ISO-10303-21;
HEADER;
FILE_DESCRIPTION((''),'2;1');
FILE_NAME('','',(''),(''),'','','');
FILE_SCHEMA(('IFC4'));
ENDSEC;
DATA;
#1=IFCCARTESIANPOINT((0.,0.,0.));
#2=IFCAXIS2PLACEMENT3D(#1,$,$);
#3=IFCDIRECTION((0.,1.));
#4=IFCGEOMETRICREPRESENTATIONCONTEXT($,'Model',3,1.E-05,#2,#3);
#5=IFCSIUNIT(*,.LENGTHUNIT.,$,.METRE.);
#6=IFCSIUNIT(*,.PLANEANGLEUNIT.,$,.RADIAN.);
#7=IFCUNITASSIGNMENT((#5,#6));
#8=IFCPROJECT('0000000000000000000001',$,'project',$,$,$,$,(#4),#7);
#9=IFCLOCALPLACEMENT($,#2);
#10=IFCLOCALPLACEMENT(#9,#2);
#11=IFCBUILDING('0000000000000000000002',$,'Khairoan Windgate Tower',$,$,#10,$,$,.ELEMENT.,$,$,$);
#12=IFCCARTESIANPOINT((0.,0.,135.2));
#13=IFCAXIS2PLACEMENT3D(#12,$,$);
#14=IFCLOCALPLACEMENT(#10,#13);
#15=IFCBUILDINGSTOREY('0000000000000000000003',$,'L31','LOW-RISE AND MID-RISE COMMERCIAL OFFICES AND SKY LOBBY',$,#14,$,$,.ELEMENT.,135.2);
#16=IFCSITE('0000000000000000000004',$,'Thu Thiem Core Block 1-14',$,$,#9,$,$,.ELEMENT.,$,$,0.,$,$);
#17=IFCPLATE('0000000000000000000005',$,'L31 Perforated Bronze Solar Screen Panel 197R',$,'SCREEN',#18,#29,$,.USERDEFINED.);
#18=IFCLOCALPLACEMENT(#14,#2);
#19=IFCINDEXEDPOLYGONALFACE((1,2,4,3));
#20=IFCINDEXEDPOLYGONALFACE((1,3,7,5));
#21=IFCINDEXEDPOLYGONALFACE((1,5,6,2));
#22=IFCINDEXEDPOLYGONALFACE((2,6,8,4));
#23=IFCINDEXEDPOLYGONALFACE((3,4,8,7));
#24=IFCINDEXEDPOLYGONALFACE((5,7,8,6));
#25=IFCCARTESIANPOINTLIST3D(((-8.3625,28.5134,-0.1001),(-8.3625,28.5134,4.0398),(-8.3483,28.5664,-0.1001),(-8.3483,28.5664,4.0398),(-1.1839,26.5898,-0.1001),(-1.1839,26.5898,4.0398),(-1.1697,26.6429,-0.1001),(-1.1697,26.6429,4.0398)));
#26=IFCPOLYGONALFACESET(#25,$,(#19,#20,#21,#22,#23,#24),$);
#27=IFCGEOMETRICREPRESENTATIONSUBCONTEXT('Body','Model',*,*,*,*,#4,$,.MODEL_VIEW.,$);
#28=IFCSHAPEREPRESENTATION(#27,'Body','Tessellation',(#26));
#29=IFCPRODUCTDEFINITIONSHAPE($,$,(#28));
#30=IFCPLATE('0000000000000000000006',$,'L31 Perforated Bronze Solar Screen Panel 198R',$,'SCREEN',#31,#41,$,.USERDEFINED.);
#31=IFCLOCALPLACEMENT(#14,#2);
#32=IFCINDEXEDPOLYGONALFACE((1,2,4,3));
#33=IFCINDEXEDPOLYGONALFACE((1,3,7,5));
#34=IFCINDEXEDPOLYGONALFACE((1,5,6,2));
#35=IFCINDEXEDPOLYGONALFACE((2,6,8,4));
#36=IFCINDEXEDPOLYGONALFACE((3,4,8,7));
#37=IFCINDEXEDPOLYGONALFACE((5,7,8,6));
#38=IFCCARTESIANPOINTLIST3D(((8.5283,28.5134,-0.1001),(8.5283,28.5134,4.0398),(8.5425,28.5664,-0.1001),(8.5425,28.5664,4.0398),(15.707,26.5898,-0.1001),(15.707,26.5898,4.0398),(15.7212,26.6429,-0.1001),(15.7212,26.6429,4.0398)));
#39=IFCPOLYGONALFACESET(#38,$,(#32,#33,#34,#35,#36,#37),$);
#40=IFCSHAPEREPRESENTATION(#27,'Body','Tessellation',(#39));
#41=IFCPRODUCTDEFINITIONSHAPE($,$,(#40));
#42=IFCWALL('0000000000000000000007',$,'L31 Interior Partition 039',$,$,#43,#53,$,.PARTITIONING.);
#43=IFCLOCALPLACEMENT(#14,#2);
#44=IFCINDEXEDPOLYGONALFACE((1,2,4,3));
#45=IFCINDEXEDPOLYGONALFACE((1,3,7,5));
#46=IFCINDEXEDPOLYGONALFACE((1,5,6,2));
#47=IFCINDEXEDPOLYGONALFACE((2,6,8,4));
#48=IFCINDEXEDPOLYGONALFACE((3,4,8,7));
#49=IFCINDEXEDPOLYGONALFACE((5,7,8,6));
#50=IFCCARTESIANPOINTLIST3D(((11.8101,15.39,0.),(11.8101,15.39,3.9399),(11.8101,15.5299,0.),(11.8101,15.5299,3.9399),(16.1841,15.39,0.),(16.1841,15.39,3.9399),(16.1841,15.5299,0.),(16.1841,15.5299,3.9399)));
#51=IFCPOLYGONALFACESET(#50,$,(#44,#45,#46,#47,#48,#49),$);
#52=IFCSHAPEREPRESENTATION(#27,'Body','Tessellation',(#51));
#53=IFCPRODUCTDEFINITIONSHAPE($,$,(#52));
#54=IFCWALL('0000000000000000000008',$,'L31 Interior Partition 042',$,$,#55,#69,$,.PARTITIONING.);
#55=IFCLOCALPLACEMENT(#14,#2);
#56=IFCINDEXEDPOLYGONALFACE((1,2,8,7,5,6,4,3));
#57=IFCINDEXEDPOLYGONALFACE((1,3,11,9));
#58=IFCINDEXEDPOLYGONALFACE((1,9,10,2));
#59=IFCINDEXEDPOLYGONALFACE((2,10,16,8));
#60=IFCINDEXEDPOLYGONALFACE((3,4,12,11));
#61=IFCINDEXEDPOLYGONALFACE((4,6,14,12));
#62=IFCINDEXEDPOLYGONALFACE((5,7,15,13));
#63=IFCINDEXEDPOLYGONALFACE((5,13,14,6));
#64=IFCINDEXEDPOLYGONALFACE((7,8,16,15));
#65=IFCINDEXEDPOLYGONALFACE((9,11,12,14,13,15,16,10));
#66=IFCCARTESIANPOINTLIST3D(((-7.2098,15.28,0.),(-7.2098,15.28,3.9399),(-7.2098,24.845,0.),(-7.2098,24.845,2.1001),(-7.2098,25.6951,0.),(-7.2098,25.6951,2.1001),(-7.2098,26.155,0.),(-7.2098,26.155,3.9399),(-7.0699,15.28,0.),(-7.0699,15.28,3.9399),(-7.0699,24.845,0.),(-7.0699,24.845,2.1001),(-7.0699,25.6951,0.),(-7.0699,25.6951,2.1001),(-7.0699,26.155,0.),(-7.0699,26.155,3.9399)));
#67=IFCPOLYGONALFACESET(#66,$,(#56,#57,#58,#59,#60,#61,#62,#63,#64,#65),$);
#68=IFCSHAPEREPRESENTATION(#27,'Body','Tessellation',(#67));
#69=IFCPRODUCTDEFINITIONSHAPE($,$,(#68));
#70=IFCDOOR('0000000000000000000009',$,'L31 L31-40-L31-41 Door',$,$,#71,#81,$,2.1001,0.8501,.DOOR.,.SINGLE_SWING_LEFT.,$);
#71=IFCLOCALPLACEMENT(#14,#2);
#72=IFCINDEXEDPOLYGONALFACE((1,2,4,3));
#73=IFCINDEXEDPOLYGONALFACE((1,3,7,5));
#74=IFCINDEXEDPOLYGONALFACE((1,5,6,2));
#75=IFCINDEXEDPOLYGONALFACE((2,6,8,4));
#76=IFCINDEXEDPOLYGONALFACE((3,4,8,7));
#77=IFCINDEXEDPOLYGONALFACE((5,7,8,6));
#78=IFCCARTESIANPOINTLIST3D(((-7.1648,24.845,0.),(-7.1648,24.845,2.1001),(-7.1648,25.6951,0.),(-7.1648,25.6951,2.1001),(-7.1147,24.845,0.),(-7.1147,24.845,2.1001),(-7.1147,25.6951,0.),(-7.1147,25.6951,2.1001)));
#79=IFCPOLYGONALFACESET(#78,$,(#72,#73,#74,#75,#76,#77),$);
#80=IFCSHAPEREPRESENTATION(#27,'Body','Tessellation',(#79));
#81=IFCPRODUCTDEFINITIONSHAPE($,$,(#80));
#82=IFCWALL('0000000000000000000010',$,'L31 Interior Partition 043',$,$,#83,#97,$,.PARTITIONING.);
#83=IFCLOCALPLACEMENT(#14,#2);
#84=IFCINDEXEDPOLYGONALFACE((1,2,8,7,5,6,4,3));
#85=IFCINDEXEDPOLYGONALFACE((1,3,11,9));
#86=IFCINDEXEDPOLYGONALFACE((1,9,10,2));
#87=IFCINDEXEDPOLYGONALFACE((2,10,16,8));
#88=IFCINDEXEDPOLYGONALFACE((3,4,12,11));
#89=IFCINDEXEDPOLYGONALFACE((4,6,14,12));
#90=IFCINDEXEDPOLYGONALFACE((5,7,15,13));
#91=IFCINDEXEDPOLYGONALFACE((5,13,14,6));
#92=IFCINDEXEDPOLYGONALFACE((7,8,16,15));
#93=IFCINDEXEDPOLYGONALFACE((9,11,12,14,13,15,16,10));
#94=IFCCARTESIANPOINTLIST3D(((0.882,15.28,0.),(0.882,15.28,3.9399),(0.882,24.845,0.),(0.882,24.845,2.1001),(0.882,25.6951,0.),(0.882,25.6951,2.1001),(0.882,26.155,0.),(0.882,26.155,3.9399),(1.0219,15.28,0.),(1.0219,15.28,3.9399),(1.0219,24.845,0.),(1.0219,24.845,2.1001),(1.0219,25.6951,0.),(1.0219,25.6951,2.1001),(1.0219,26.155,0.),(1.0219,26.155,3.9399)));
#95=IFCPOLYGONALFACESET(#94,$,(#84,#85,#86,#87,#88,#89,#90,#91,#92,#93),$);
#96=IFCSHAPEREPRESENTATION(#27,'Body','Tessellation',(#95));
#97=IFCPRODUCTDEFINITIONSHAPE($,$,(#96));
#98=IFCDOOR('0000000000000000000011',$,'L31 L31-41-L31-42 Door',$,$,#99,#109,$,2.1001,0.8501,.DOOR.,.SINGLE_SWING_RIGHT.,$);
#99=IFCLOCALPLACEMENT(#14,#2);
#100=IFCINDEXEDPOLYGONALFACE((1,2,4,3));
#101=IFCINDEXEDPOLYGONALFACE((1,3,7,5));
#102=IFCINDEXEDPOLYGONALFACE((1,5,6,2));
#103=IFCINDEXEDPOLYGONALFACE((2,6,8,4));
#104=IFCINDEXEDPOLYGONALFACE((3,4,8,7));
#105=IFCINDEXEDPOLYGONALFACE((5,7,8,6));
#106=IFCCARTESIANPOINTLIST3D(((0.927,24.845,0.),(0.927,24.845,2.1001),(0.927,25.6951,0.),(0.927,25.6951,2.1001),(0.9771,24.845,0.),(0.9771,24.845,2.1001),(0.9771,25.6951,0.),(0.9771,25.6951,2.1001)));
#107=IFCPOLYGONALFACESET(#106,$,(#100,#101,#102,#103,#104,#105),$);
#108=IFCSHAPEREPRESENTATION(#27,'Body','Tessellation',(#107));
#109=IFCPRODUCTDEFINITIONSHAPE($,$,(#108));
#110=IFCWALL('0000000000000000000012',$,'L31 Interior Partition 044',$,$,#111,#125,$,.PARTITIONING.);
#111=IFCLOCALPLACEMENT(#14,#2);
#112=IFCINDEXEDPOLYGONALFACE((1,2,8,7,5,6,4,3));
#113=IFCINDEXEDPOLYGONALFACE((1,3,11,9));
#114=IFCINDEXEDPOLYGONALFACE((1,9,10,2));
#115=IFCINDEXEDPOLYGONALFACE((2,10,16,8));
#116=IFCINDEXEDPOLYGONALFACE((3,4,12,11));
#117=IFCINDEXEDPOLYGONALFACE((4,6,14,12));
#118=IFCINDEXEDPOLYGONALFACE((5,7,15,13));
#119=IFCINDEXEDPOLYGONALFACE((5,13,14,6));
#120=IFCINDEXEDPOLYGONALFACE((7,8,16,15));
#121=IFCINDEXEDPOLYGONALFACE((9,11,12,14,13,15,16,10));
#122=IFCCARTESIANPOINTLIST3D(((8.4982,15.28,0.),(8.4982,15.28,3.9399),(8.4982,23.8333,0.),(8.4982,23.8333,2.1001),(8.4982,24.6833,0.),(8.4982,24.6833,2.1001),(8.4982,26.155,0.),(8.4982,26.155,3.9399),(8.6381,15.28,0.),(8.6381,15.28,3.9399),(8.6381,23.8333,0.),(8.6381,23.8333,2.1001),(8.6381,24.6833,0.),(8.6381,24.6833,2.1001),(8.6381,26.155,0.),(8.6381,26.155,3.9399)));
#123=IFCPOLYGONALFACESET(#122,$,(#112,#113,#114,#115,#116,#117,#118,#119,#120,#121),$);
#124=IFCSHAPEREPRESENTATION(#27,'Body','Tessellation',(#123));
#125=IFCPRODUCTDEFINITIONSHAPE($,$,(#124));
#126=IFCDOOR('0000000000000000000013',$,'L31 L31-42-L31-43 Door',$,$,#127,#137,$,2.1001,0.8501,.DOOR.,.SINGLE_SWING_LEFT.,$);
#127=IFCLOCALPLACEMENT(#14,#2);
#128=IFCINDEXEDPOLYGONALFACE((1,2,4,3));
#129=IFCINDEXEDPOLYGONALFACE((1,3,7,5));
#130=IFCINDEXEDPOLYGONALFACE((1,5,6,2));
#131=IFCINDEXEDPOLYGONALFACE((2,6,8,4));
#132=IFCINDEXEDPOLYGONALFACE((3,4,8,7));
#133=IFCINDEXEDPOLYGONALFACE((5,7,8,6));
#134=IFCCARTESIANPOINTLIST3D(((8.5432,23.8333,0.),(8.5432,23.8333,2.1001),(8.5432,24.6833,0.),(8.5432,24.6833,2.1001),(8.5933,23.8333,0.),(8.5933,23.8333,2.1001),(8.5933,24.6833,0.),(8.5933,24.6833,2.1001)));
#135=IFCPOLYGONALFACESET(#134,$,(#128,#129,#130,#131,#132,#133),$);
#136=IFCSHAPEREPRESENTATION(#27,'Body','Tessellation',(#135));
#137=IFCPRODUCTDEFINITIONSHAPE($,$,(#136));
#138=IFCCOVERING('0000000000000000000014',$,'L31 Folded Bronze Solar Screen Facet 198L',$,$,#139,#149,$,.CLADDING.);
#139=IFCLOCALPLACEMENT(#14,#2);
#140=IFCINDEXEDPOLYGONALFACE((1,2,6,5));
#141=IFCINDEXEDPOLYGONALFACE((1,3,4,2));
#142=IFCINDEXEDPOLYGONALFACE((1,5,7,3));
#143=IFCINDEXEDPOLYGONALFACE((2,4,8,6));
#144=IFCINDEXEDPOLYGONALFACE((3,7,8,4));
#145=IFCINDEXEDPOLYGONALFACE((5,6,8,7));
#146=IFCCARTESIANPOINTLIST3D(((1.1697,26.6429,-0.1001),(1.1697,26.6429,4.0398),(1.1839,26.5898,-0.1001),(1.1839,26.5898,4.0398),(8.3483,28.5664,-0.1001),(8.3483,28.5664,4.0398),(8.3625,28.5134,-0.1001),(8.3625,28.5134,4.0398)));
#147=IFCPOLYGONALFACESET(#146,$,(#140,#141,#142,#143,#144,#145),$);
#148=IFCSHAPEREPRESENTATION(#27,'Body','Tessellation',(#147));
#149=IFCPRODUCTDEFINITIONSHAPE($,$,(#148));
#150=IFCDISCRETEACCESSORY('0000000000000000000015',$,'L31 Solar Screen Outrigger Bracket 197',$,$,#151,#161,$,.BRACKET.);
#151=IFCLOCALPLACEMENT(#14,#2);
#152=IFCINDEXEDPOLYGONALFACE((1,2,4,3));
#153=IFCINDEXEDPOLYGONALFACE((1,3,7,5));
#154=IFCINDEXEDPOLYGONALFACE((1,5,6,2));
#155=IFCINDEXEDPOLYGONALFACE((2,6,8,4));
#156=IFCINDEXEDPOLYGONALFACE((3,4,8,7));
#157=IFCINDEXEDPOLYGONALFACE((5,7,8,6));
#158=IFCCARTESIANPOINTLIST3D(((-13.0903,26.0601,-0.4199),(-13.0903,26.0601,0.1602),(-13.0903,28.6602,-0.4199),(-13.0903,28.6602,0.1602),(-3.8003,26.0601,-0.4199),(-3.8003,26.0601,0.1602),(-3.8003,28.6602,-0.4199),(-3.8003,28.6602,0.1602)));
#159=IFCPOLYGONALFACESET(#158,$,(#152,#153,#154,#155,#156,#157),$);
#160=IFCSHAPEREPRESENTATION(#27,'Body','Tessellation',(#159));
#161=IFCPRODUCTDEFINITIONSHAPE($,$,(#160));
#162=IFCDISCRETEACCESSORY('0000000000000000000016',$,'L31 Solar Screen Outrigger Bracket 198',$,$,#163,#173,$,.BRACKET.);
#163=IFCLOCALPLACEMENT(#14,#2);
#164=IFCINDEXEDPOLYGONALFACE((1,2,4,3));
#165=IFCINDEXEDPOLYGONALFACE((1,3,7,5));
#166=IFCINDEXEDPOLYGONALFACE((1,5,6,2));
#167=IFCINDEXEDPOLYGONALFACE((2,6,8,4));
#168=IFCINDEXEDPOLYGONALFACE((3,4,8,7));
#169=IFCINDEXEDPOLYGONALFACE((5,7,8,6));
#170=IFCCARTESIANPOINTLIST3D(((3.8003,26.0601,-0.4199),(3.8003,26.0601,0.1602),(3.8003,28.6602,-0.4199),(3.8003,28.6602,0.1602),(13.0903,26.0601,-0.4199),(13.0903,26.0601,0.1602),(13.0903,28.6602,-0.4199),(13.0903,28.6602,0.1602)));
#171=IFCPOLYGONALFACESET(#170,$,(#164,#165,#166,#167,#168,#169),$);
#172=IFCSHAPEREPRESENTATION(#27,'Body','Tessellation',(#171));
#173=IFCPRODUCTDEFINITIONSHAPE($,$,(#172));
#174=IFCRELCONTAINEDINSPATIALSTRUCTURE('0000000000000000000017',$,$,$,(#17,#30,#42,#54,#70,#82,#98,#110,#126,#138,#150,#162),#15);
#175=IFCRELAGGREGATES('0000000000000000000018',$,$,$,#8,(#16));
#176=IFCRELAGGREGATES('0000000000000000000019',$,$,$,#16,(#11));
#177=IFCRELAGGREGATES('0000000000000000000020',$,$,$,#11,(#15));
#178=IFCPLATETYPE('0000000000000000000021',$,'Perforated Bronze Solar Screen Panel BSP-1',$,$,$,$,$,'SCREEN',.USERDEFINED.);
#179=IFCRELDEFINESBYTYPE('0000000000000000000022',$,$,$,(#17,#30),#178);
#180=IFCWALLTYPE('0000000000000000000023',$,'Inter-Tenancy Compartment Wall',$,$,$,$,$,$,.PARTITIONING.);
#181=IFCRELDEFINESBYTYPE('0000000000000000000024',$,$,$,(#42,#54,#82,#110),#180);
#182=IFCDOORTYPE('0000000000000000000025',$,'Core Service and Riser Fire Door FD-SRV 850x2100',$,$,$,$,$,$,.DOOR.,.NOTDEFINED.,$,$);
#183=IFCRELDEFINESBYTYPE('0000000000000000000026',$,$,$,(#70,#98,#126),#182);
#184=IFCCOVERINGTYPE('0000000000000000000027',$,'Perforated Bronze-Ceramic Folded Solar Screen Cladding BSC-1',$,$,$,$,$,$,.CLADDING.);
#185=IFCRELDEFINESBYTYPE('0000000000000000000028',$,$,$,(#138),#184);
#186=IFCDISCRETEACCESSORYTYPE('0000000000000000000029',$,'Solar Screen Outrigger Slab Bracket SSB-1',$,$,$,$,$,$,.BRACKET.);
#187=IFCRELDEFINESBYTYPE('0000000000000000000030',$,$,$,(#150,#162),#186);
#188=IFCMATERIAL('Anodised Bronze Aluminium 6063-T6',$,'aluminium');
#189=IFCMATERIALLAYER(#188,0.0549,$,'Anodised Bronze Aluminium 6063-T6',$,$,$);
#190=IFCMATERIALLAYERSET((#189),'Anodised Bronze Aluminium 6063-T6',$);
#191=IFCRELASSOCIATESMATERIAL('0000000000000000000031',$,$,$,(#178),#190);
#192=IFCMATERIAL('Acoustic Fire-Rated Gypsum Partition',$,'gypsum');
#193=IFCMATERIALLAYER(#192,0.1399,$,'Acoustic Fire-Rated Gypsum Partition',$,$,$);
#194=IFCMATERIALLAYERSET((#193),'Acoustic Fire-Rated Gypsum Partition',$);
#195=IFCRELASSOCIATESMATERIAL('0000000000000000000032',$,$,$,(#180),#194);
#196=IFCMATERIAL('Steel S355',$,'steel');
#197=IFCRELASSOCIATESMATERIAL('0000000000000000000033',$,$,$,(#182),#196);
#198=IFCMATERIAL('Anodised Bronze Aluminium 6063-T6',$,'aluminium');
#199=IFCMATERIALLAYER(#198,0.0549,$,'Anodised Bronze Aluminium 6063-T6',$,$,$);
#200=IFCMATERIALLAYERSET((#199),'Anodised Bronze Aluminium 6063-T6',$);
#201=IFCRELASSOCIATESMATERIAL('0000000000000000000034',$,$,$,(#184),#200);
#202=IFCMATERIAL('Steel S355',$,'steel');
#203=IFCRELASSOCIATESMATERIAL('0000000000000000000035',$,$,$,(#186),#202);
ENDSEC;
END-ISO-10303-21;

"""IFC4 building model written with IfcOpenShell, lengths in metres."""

from ifc_helpers import new_model, si_unit, direction, frame, frame_2d, origin, origin_2d, place, context, subcontext, project, spatial, rectangle, extrude, material, layer, layer_set, type_object, element, fill, save


model = new_model("IFC4")

# Units and contexts
model_context = context("Model", 3, precision=1e-05, world=origin(), true_north=direction((0.0, 1.0)))
body_context = subcontext(model_context, "Body", "Model", "MODEL_VIEW")
ifc_project = project(units=[si_unit("LENGTHUNIT", "METRE"), si_unit("PLANEANGLEUNIT", "RADIAN")], contexts=[model_context])

# Site, building, storey
site_placement = place(None, origin())
site = spatial("IfcSite", under=ifc_project, at=site_placement, Name="Thu Thiem Core Block 1-14", CompositionType="ELEMENT", RefElevation=0.0)
building_placement = place(site_placement, origin())
building = spatial("IfcBuilding", under=site, at=building_placement, Name="Khairoan Windgate Tower", CompositionType="ELEMENT")
storey_placement = place(building_placement, frame((0.0, 0.0, 135.2)))
storey = spatial("IfcBuildingStorey", under=building, at=storey_placement, Name="L31", Description="LOW-RISE AND MID-RISE COMMERCIAL OFFICES AND SKY LOBBY", CompositionType="ELEMENT", Elevation=135.2)

# Plates
ifc_material_1 = material(Name="Anodised Bronze Aluminium 6063-T6", Category="aluminium")
ifc_layer_1 = layer(ifc_material_1, 0.0549, Name="Anodised Bronze Aluminium 6063-T6")
ifc_layer_set_1 = layer_set([ifc_layer_1], Name="Anodised Bronze Aluminium 6063-T6")
plate_type = type_object("IfcPlateType", Name="Perforated Bronze Solar Screen Panel BSP-1", ElementType="SCREEN", PredefinedType="USERDEFINED", material=ifc_layer_set_1)
for number, where, z_axis, x_axis, name in (
    (1, (-4.7661, 27.5781, -0.1001), (0.0, 0.0, 1.0), (0.965926, -0.258819, 0.0), "L31 Perforated Bronze Solar Screen Panel 197R"),
    (2, (12.1248, 27.5781, -0.1001), (0.0, 0.0, 1.0), (0.965926, -0.258819, 0.0), "L31 Perforated Bronze Solar Screen Panel 198R"),
):
    element("IfcPlate", number, at=place(storey_placement, frame(where, z_axis=z_axis, x_axis=x_axis)), inside=storey, type_object=plate_type, Name=name, ObjectType="SCREEN", PredefinedType="USERDEFINED", context=body_context, shape_type="SweptSolid", body=[
        extrude(rectangle(XDim=7.4319, YDim=0.0549, at=origin_2d()), origin(), (0.0, 0.0, 1.0), 4.1399),
    ])

# Wall
ifc_material_2 = material(Name="Acoustic Fire-Rated Gypsum Partition", Category="gypsum")
ifc_layer_2 = layer(ifc_material_2, 0.1399, Name="Acoustic Fire-Rated Gypsum Partition")
ifc_layer_set_2 = layer_set([ifc_layer_2], Name="Acoustic Fire-Rated Gypsum Partition")
wall_type = type_object("IfcWallType", Name="Inter-Tenancy Compartment Wall", PredefinedType="PARTITIONING", material=ifc_layer_set_2)
wall_1_placement = place(storey_placement, frame((11.8101, 15.46, 0.0), z_axis=(0.0, 0.0, 1.0), x_axis=(1.0, 0.0, 0.0)))
element("IfcWall", 3, at=wall_1_placement, inside=storey, type_object=wall_type, Name="L31 Interior Partition 039", PredefinedType="PARTITIONING", context=body_context, shape_type="SweptSolid", body=[
    extrude(rectangle(XDim=4.374, YDim=0.1399, at=frame_2d((2.187, 0.0))), origin(), (0.0, 0.0, 1.0), 3.9399),
])

# Walls, openings, doors
wall_2_placement = place(storey_placement, frame((-7.1399, 15.28, 0.0), z_axis=(0.0, 0.0, 1.0), x_axis=(0.0, 1.0, 0.0)))
wall_2 = element("IfcWall", 4, at=wall_2_placement, inside=storey, type_object=wall_type, Name="L31 Interior Partition 042", PredefinedType="PARTITIONING", context=body_context, shape_type="SweptSolid", body=[
    extrude(rectangle(XDim=10.875, YDim=0.1399, at=frame_2d((5.4375, 0.0))), origin(), (0.0, 0.0, 1.0), 3.9399),
])
opening_1_placement = place(wall_2_placement, frame((9.5649, 0.0, 0.0)))
opening_1 = element("IfcOpeningElement", 5, at=opening_1_placement, cuts=wall_2, PredefinedType="OPENING", context=body_context, shape_type="SweptSolid", body=[
    extrude(rectangle(XDim=0.8501, YDim=2.1001, at=frame_2d((0.425, 1.05))), frame((0.0, 0.0798, 0.0), z_axis=(0.0, -1.0, 0.0), x_axis=(1.0, 0.0, 0.0)), (0.0, 0.0, 1.0), 0.1599),
])
ifc_material_3 = material(Name="Steel S355", Category="steel")
door_type = type_object("IfcDoorType", Name="Core Service and Riser Fire Door FD-SRV 850x2100", OperationType="NOTDEFINED", PredefinedType="DOOR", material=ifc_material_3)
door_1_placement = place(opening_1_placement, origin())
door_1 = element("IfcDoor", 6, at=door_1_placement, inside=storey, type_object=door_type, Name="L31 L31-40-L31-41 Door", OperationType="SINGLE_SWING_LEFT", OverallHeight=2.1001, OverallWidth=0.8501, PredefinedType="DOOR", context=body_context, shape_type="SweptSolid", body=[
    extrude(rectangle(XDim=0.8501, YDim=2.1001, at=frame_2d((0.425, 1.05))), frame((0.0, 0.0249, 0.0), z_axis=(0.0, -1.0, 0.0), x_axis=(1.0, 0.0, 0.0)), (0.0, 0.0, 1.0), 0.05),
])
fill(opening_1, door_1)
wall_3_placement = place(storey_placement, frame((0.9519, 15.28, 0.0), z_axis=(0.0, 0.0, 1.0), x_axis=(0.0, 1.0, 0.0)))
wall_3 = element("IfcWall", 7, at=wall_3_placement, inside=storey, type_object=wall_type, Name="L31 Interior Partition 043", PredefinedType="PARTITIONING", context=body_context, shape_type="SweptSolid", body=[
    extrude(rectangle(XDim=10.875, YDim=0.1399, at=frame_2d((5.4375, 0.0))), origin(), (0.0, 0.0, 1.0), 3.9399),
])
opening_2_placement = place(wall_3_placement, frame((9.5649, 0.0, 0.0)))
opening_2 = element("IfcOpeningElement", 8, at=opening_2_placement, cuts=wall_3, PredefinedType="OPENING", context=body_context, shape_type="SweptSolid", body=[
    extrude(rectangle(XDim=0.8501, YDim=2.1001, at=frame_2d((0.425, 1.05))), frame((0.0, 0.0798, 0.0), z_axis=(0.0, -1.0, 0.0), x_axis=(1.0, 0.0, 0.0)), (0.0, 0.0, 1.0), 0.1599),
])
door_2_placement = place(opening_2_placement, origin())
door_2 = element("IfcDoor", 9, at=door_2_placement, inside=storey, type_object=door_type, Name="L31 L31-41-L31-42 Door", OperationType="SINGLE_SWING_RIGHT", OverallHeight=2.1001, OverallWidth=0.8501, PredefinedType="DOOR", context=body_context, shape_type="SweptSolid", body=[
    extrude(rectangle(XDim=0.8501, YDim=2.1001, at=frame_2d((0.425, 1.05))), frame((0.0, 0.0249, 0.0), z_axis=(0.0, -1.0, 0.0), x_axis=(1.0, 0.0, 0.0)), (0.0, 0.0, 1.0), 0.05),
])
fill(opening_2, door_2)
wall_4_placement = place(storey_placement, frame((8.5681, 15.28, 0.0), z_axis=(0.0, 0.0, 1.0), x_axis=(0.0, 1.0, 0.0)))
wall_4 = element("IfcWall", 10, at=wall_4_placement, inside=storey, type_object=wall_type, Name="L31 Interior Partition 044", PredefinedType="PARTITIONING", context=body_context, shape_type="SweptSolid", body=[
    extrude(rectangle(XDim=10.875, YDim=0.1399, at=frame_2d((5.4375, 0.0))), origin(), (0.0, 0.0, 1.0), 3.9399),
])
opening_3_placement = place(wall_4_placement, frame((8.5532, 0.0, 0.0)))
opening_3 = element("IfcOpeningElement", 11, at=opening_3_placement, cuts=wall_4, PredefinedType="OPENING", context=body_context, shape_type="SweptSolid", body=[
    extrude(rectangle(XDim=0.8501, YDim=2.1001, at=frame_2d((0.425, 1.05))), frame((0.0, 0.0798, 0.0), z_axis=(0.0, -1.0, 0.0), x_axis=(1.0, 0.0, 0.0)), (0.0, 0.0, 1.0), 0.1599),
])
door_3_placement = place(opening_3_placement, origin())
door_3 = element("IfcDoor", 12, at=door_3_placement, inside=storey, type_object=door_type, Name="L31 L31-42-L31-43 Door", OperationType="SINGLE_SWING_LEFT", OverallHeight=2.1001, OverallWidth=0.8501, PredefinedType="DOOR", context=body_context, shape_type="SweptSolid", body=[
    extrude(rectangle(XDim=0.8501, YDim=2.1001, at=frame_2d((0.425, 1.05))), frame((0.0, 0.0249, 0.0), z_axis=(0.0, -1.0, 0.0), x_axis=(1.0, 0.0, 0.0)), (0.0, 0.0, 1.0), 0.05),
])
fill(opening_3, door_3)

# Covering
ifc_material_4 = material(Name="Anodised Bronze Aluminium 6063-T6", Category="aluminium")
ifc_layer_3 = layer(ifc_material_4, 0.0549, Name="Anodised Bronze Aluminium 6063-T6")
ifc_layer_set_3 = layer_set([ifc_layer_3], Name="Anodised Bronze Aluminium 6063-T6")
covering_type = type_object("IfcCoveringType", Name="Perforated Bronze-Ceramic Folded Solar Screen Cladding BSC-1", PredefinedType="CLADDING", material=ifc_layer_set_3)
covering_placement = place(storey_placement, frame((4.7661, 27.5781, -0.1001), z_axis=(0.0, 0.0, 1.0), x_axis=(0.965926, 0.258819, 0.0)))
element("IfcCovering", 13, at=covering_placement, inside=storey, type_object=covering_type, Name="L31 Folded Bronze Solar Screen Facet 198L", PredefinedType="CLADDING", context=body_context, shape_type="SweptSolid", body=[
    extrude(rectangle(XDim=7.4319, YDim=0.0549, at=origin_2d()), origin(), (0.0, 0.0, 1.0), 4.1399),
])

# Discrete accessories
ifc_material_5 = material(Name="Steel S355", Category="steel")
discrete_accessory_type = type_object("IfcDiscreteAccessoryType", Name="Solar Screen Outrigger Slab Bracket SSB-1", PredefinedType="BRACKET", material=ifc_material_5)
for number, where, z_axis, x_axis, name in (
    (14, (-8.4453, 27.3601, -0.4199), (0.0, 0.0, 1.0), (1.0, 0.0, 0.0), "L31 Solar Screen Outrigger Bracket 197"),
    (15, (8.4453, 27.3601, -0.4199), (0.0, 0.0, 1.0), (1.0, 0.0, 0.0), "L31 Solar Screen Outrigger Bracket 198"),
):
    element("IfcDiscreteAccessory", number, at=place(storey_placement, frame(where, z_axis=z_axis, x_axis=x_axis)), inside=storey, type_object=discrete_accessory_type, Name=name, PredefinedType="BRACKET", context=body_context, shape_type="SweptSolid", body=[
        extrude(rectangle(XDim=9.29, YDim=2.6001, at=origin_2d()), origin(), (0.0, 0.0, 1.0), 0.5801),
    ])

save(model, "model.ifc")
